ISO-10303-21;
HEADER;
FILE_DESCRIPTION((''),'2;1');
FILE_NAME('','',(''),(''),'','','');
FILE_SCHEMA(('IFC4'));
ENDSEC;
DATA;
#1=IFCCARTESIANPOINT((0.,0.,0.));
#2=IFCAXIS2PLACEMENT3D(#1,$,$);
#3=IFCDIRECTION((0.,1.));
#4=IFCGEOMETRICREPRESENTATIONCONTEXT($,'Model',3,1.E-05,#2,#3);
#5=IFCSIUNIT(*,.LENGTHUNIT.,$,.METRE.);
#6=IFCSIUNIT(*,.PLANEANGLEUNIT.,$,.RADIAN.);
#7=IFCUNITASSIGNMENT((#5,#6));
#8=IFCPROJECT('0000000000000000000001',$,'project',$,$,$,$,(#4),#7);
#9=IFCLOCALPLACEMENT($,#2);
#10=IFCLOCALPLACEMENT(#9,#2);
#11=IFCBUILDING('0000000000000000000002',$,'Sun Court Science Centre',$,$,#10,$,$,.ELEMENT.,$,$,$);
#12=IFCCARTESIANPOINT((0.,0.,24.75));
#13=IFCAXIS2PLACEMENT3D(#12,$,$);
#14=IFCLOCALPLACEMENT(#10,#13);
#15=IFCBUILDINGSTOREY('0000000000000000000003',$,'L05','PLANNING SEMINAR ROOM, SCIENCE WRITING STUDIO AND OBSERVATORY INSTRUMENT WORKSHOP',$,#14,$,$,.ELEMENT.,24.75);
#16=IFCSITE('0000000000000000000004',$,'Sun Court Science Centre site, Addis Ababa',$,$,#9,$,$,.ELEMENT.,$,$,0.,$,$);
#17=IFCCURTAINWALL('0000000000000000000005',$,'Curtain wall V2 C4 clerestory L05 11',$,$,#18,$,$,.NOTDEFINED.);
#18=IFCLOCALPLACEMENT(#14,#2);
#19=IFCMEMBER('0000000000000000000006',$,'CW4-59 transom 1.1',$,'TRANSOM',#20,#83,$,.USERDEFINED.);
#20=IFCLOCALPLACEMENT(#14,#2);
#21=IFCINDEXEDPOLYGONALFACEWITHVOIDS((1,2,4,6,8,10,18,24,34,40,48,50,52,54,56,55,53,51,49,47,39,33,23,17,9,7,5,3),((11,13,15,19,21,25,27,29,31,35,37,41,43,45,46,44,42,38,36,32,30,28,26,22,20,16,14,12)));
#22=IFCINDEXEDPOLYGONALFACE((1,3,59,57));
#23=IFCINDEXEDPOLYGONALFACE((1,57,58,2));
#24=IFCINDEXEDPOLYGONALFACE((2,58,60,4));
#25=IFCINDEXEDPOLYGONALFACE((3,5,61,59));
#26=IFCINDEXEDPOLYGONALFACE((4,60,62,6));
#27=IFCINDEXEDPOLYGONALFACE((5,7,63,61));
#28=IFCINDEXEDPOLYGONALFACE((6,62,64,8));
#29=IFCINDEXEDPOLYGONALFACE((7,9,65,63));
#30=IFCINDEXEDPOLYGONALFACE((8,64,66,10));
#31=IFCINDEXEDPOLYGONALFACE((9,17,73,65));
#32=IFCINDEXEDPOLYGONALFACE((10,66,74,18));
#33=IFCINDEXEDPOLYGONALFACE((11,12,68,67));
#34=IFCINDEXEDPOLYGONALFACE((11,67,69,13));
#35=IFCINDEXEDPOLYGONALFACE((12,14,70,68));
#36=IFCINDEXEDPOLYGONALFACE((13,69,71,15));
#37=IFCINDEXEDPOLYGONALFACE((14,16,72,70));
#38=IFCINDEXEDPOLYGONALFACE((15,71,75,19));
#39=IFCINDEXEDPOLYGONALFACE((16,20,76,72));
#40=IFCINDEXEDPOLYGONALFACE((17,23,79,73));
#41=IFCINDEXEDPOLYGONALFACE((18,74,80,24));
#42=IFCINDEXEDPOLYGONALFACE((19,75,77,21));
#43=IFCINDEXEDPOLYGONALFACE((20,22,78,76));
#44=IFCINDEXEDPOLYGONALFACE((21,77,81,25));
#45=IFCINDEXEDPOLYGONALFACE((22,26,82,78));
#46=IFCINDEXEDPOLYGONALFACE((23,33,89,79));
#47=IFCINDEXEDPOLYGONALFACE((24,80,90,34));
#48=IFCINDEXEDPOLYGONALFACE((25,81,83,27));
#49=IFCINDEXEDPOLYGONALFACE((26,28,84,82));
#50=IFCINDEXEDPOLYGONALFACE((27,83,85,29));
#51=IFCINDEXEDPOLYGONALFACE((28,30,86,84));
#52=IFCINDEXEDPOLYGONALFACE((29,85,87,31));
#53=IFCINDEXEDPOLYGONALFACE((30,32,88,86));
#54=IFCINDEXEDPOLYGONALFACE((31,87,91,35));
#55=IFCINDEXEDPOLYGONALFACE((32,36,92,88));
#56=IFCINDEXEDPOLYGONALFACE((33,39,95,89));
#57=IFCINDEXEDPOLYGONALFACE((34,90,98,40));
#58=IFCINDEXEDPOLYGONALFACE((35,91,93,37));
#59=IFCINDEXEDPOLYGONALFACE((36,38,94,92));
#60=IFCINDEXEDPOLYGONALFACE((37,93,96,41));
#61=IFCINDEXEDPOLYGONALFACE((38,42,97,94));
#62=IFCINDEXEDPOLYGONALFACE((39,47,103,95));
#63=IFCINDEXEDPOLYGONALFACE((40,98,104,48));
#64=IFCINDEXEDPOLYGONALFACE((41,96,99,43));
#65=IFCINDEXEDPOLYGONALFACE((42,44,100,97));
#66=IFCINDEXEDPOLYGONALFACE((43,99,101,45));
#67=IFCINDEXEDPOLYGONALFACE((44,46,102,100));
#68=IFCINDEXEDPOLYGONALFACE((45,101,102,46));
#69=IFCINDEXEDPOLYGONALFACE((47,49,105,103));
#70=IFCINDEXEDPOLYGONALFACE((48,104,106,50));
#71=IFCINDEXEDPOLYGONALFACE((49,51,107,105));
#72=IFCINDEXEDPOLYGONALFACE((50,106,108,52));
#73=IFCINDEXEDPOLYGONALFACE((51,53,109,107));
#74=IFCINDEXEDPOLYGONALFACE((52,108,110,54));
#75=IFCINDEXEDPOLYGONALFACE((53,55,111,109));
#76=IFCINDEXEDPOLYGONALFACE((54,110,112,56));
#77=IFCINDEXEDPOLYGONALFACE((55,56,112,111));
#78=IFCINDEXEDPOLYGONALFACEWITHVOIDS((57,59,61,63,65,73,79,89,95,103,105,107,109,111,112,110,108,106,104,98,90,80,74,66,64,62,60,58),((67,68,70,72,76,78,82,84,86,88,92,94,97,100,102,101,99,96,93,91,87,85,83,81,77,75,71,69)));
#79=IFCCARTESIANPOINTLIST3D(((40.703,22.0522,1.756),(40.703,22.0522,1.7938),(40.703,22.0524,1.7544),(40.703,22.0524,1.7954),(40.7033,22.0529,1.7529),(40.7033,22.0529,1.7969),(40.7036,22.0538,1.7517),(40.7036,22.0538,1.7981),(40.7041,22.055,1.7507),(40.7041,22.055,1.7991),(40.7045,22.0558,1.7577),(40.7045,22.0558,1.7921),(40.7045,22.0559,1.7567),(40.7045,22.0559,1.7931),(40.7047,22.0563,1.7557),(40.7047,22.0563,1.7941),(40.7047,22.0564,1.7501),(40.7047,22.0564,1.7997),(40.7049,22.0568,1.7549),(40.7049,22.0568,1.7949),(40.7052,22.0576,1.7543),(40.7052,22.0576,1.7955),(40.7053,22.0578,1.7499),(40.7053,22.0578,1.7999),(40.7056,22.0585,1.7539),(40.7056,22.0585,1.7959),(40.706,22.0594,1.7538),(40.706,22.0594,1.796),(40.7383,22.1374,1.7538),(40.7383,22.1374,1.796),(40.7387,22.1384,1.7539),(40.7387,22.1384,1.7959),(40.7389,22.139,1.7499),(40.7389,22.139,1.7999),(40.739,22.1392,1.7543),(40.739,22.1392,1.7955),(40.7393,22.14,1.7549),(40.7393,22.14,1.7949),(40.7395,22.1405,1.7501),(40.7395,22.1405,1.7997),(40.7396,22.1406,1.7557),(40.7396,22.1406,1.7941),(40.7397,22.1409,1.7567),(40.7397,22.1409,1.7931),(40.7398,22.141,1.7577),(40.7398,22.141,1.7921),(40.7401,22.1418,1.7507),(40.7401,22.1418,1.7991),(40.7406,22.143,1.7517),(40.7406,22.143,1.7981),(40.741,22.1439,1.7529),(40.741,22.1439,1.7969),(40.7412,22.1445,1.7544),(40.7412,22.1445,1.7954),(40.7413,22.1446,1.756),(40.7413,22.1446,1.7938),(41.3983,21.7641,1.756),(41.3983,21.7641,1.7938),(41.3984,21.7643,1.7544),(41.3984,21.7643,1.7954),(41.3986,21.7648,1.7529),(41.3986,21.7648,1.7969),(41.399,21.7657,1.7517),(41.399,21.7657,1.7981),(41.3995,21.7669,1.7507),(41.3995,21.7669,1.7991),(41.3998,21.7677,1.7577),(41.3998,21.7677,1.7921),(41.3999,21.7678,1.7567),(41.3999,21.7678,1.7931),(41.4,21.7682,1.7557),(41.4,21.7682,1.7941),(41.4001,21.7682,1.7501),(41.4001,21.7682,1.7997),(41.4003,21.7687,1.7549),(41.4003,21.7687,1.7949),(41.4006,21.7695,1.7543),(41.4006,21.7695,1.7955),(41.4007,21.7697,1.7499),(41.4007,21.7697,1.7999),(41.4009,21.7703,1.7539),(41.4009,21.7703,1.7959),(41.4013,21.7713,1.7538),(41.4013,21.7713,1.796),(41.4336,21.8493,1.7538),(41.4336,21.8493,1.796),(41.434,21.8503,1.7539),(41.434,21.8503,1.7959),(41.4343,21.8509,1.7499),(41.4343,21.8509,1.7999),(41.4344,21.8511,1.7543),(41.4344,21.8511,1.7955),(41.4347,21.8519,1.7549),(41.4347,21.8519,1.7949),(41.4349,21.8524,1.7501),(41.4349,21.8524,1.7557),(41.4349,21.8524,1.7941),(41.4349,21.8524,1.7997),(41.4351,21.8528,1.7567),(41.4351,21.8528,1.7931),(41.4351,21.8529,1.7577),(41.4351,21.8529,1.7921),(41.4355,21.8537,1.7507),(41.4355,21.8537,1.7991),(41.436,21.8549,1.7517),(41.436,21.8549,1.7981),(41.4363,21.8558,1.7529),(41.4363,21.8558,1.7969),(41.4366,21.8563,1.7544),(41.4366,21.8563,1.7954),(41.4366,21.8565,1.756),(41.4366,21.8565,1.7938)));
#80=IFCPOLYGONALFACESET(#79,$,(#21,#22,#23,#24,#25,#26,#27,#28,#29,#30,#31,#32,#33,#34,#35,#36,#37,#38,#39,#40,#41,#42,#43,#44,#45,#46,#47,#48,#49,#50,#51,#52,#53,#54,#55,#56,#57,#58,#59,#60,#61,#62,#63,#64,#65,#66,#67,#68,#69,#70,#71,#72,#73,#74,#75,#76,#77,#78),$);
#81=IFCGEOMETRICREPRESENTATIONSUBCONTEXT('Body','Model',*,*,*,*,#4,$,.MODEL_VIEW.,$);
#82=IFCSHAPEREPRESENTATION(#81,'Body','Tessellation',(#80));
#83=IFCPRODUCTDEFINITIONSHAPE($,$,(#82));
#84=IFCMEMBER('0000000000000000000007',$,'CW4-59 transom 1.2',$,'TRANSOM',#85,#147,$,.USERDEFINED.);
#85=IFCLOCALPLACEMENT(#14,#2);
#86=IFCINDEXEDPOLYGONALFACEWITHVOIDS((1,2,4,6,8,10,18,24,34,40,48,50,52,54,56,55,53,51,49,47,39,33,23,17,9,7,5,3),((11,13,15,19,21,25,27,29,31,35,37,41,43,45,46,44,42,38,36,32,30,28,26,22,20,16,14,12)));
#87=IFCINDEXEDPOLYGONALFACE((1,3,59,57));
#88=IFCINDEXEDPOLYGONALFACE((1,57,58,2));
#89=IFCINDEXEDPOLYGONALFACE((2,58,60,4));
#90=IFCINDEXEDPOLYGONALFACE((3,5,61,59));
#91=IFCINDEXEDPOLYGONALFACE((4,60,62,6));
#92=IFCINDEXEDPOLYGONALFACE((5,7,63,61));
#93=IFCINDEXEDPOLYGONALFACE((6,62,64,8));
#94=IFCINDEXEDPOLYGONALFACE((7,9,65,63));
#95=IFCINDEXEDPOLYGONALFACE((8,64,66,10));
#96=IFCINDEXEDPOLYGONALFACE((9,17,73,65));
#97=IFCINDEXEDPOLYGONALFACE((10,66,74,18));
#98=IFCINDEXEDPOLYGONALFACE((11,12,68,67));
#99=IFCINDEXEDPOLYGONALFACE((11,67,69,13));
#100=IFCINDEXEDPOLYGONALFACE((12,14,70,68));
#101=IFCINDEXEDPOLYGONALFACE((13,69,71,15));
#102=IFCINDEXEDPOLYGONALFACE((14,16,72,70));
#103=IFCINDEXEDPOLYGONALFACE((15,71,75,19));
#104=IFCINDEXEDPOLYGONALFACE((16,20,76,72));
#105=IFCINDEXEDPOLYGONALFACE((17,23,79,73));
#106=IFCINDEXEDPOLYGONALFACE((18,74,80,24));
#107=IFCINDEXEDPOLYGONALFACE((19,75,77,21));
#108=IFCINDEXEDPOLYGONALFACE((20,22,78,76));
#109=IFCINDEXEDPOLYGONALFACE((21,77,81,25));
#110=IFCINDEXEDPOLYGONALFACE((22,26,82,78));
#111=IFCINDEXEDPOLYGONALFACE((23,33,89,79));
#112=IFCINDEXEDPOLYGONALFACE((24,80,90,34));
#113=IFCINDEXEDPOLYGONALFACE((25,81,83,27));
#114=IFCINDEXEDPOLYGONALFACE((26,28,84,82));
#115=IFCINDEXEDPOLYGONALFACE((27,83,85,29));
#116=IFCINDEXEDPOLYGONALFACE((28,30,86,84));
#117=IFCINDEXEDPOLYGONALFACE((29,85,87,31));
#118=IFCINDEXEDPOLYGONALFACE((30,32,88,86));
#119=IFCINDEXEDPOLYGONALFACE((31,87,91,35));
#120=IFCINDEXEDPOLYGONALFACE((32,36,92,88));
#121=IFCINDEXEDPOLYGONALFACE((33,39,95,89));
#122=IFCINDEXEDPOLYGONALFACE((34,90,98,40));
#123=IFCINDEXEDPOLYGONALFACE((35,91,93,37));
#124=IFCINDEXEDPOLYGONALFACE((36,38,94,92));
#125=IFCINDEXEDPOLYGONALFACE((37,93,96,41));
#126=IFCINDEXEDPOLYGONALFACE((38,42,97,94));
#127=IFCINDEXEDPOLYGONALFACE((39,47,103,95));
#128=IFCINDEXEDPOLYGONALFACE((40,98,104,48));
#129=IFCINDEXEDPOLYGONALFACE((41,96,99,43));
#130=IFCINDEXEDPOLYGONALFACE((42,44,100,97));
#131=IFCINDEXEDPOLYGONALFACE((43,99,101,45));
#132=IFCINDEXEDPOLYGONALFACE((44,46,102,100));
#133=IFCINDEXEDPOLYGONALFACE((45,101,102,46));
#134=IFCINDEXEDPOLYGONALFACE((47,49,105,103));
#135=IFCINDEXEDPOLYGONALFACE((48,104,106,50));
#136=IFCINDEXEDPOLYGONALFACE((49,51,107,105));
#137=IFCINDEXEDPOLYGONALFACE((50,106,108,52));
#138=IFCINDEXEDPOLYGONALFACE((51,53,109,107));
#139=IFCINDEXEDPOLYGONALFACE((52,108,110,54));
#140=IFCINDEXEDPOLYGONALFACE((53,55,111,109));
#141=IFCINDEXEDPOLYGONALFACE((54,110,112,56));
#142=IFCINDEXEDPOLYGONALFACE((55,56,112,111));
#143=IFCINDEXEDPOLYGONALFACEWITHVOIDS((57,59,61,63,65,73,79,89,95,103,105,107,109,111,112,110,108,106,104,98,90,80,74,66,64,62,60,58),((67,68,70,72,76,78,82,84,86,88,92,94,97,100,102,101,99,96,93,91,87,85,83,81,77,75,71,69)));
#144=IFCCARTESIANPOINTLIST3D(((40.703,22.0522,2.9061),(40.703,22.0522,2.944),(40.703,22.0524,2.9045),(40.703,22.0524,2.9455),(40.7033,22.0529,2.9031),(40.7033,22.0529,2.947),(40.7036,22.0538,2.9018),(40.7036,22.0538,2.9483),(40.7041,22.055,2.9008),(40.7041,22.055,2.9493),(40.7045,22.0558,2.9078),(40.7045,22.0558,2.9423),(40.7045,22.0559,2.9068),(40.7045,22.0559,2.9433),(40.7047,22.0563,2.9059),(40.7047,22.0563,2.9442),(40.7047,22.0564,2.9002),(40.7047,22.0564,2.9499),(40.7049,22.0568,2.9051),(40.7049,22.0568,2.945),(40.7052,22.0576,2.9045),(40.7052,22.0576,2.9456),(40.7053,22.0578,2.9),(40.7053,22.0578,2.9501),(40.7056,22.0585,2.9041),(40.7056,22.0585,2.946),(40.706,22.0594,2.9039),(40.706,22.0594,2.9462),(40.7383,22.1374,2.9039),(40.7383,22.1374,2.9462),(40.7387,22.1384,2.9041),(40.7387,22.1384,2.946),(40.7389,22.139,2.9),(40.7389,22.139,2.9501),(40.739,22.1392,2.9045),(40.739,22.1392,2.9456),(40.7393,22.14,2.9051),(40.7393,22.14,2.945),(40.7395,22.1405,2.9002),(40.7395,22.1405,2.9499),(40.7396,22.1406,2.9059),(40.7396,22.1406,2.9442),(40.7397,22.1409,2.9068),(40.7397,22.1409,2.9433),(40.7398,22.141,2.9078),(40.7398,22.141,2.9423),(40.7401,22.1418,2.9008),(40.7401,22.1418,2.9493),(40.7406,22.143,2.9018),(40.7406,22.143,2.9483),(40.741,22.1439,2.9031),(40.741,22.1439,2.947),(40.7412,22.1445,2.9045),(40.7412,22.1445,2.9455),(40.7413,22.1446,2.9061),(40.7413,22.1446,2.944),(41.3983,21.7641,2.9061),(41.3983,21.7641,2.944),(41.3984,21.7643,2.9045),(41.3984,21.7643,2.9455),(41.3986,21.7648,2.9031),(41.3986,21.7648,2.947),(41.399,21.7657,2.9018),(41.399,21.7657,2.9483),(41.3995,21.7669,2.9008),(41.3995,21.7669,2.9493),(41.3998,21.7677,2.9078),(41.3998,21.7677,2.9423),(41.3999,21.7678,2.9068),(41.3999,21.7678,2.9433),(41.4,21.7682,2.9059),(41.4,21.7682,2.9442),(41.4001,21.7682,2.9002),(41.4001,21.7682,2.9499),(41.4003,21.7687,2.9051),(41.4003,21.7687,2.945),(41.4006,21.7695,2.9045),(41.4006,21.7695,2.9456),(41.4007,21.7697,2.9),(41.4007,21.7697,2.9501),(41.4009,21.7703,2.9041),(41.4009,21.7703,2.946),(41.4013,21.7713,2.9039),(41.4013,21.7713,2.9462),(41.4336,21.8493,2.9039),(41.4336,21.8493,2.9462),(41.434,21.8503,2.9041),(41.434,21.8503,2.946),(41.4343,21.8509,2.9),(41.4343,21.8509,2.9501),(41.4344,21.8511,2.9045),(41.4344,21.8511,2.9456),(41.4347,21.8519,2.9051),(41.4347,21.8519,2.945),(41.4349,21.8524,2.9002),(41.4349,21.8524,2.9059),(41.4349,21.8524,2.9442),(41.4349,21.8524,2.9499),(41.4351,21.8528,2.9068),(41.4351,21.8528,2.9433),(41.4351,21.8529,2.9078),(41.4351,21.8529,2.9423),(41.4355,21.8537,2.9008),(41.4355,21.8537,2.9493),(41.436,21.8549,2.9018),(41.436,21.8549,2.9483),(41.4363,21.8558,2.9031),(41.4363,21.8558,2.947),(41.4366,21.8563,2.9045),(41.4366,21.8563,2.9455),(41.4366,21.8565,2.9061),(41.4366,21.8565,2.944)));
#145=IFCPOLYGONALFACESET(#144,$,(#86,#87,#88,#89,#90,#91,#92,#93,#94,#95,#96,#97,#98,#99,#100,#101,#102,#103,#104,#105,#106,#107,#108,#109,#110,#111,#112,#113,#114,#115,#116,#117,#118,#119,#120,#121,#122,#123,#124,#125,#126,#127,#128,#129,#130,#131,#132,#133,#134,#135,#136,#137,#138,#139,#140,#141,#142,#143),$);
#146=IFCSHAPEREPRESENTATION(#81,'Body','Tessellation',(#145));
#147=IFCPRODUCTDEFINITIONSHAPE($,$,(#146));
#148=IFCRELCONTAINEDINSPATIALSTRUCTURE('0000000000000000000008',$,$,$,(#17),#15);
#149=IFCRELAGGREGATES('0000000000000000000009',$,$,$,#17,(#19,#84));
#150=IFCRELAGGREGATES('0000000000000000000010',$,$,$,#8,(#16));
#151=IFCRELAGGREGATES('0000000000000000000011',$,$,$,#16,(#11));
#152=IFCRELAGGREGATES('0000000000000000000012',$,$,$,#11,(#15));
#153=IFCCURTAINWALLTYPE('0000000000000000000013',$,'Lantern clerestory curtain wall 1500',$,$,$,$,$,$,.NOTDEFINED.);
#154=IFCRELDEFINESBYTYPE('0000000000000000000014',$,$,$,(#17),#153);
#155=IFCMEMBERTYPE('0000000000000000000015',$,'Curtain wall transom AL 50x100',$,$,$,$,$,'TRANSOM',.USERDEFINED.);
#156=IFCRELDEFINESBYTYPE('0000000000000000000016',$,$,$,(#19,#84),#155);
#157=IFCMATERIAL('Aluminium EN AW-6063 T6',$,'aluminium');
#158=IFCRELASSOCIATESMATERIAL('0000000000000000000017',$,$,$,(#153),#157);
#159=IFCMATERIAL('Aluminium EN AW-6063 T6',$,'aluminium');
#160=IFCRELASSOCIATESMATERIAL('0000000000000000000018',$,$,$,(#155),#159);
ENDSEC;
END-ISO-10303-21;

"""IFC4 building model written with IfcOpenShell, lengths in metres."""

from ifc_helpers import new_model, si_unit, direction, frame, origin, origin_2d, place, context, subcontext, project, spatial, hollow_rectangle, extrude, material, material_profile, profile_set, type_object, element, aggregate, save


model = new_model("IFC4")

# Units and contexts
model_context = context("Model", 3, precision=1e-05, world=origin(), true_north=direction((0.0, 1.0)))
body_context = subcontext(model_context, "Body", "Model", "MODEL_VIEW")
ifc_project = project(units=[si_unit("LENGTHUNIT", "METRE"), si_unit("PLANEANGLEUNIT", "RADIAN")], contexts=[model_context])

# Site, building, storey
site_placement = place(None, origin())
site = spatial("IfcSite", under=ifc_project, at=site_placement, Name="Sun Court Science Centre site, Addis Ababa", CompositionType="ELEMENT", RefElevation=0.0)
building_placement = place(site_placement, origin())
building = spatial("IfcBuilding", under=site, at=building_placement, Name="Sun Court Science Centre", CompositionType="ELEMENT")
storey_placement = place(building_placement, frame((0.0, 0.0, 24.75)))
storey = spatial("IfcBuildingStorey", under=building, at=storey_placement, Name="L05", Description="PLANNING SEMINAR ROOM, SCIENCE WRITING STUDIO AND OBSERVATORY INSTRUMENT WORKSHOP", CompositionType="ELEMENT", Elevation=24.75)

# Shared definitions
ifc_material_1 = material(Name="Aluminium EN AW-6063 T6", Category="aluminium")
curtain_wall_type = type_object("IfcCurtainWallType", Name="Lantern clerestory curtain wall 1500", PredefinedType="NOTDEFINED", material=ifc_material_1)

# Curtain wall
curtain_wall_1_placement = place(storey_placement, origin())
curtain_wall_1 = element("IfcCurtainWall", 1, at=curtain_wall_1_placement, inside=storey, type_object=curtain_wall_type, Name="Curtain wall V2 C4 clerestory L05 11", PredefinedType="NOTDEFINED")

# Members
ifc_material_2 = material(Name="Aluminium EN AW-6063 T6", Category="aluminium")
ifc_material_profile_1 = material_profile(ifc_material_2, hollow_rectangle(XDim=0.05, YDim=0.1001, WallThickness=0.0039, InnerFilletRadius=0.0039, OuterFilletRadius=0.0061, at=origin_2d()), Name="AL 50x100x4")
ifc_profile_set_1 = profile_set([ifc_material_profile_1], Name="Aluminium EN AW-6063 T6")
member_type_1 = type_object("IfcMemberType", Name="Curtain wall transom AL 50x100", ElementType="TRANSOM", PredefinedType="USERDEFINED", material=ifc_profile_set_1)
member_1_placement = place(storey_placement, frame((41.4175, 21.8103, 1.7749), z_axis=(-0.923843, 0.382772, 0.0), x_axis=(0.0, 0.0, 1.0)))
member_1 = element("IfcMember", 2, at=member_1_placement, type_object=member_type_1, Name="CW4-59 transom 1.1", ObjectType="TRANSOM", PredefinedType="USERDEFINED", context=body_context, shape_type="SweptSolid", body=[
    extrude(hollow_rectangle(XDim=0.05, YDim=0.1001, WallThickness=0.0039, InnerFilletRadius=0.0039, OuterFilletRadius=0.0061, at=origin_2d()), origin(), (0.0, 0.0, 1.0), 0.7527),
])
member_2_placement = place(storey_placement, frame((41.4175, 21.8103, 2.925), z_axis=(-0.923843, 0.382772, 0.0), x_axis=(0.0, 0.0, 1.0)))
member_2 = element("IfcMember", 3, at=member_2_placement, type_object=member_type_1, Name="CW4-59 transom 1.2", ObjectType="TRANSOM", PredefinedType="USERDEFINED", context=body_context, shape_type="SweptSolid", body=[
    extrude(hollow_rectangle(XDim=0.05, YDim=0.1001, WallThickness=0.0039, InnerFilletRadius=0.0039, OuterFilletRadius=0.0061, at=origin_2d()), origin(), (0.0, 0.0, 1.0), 0.7527),
])

aggregate(curtain_wall_1, [member_1, member_2])

save(model, "model.ifc")
